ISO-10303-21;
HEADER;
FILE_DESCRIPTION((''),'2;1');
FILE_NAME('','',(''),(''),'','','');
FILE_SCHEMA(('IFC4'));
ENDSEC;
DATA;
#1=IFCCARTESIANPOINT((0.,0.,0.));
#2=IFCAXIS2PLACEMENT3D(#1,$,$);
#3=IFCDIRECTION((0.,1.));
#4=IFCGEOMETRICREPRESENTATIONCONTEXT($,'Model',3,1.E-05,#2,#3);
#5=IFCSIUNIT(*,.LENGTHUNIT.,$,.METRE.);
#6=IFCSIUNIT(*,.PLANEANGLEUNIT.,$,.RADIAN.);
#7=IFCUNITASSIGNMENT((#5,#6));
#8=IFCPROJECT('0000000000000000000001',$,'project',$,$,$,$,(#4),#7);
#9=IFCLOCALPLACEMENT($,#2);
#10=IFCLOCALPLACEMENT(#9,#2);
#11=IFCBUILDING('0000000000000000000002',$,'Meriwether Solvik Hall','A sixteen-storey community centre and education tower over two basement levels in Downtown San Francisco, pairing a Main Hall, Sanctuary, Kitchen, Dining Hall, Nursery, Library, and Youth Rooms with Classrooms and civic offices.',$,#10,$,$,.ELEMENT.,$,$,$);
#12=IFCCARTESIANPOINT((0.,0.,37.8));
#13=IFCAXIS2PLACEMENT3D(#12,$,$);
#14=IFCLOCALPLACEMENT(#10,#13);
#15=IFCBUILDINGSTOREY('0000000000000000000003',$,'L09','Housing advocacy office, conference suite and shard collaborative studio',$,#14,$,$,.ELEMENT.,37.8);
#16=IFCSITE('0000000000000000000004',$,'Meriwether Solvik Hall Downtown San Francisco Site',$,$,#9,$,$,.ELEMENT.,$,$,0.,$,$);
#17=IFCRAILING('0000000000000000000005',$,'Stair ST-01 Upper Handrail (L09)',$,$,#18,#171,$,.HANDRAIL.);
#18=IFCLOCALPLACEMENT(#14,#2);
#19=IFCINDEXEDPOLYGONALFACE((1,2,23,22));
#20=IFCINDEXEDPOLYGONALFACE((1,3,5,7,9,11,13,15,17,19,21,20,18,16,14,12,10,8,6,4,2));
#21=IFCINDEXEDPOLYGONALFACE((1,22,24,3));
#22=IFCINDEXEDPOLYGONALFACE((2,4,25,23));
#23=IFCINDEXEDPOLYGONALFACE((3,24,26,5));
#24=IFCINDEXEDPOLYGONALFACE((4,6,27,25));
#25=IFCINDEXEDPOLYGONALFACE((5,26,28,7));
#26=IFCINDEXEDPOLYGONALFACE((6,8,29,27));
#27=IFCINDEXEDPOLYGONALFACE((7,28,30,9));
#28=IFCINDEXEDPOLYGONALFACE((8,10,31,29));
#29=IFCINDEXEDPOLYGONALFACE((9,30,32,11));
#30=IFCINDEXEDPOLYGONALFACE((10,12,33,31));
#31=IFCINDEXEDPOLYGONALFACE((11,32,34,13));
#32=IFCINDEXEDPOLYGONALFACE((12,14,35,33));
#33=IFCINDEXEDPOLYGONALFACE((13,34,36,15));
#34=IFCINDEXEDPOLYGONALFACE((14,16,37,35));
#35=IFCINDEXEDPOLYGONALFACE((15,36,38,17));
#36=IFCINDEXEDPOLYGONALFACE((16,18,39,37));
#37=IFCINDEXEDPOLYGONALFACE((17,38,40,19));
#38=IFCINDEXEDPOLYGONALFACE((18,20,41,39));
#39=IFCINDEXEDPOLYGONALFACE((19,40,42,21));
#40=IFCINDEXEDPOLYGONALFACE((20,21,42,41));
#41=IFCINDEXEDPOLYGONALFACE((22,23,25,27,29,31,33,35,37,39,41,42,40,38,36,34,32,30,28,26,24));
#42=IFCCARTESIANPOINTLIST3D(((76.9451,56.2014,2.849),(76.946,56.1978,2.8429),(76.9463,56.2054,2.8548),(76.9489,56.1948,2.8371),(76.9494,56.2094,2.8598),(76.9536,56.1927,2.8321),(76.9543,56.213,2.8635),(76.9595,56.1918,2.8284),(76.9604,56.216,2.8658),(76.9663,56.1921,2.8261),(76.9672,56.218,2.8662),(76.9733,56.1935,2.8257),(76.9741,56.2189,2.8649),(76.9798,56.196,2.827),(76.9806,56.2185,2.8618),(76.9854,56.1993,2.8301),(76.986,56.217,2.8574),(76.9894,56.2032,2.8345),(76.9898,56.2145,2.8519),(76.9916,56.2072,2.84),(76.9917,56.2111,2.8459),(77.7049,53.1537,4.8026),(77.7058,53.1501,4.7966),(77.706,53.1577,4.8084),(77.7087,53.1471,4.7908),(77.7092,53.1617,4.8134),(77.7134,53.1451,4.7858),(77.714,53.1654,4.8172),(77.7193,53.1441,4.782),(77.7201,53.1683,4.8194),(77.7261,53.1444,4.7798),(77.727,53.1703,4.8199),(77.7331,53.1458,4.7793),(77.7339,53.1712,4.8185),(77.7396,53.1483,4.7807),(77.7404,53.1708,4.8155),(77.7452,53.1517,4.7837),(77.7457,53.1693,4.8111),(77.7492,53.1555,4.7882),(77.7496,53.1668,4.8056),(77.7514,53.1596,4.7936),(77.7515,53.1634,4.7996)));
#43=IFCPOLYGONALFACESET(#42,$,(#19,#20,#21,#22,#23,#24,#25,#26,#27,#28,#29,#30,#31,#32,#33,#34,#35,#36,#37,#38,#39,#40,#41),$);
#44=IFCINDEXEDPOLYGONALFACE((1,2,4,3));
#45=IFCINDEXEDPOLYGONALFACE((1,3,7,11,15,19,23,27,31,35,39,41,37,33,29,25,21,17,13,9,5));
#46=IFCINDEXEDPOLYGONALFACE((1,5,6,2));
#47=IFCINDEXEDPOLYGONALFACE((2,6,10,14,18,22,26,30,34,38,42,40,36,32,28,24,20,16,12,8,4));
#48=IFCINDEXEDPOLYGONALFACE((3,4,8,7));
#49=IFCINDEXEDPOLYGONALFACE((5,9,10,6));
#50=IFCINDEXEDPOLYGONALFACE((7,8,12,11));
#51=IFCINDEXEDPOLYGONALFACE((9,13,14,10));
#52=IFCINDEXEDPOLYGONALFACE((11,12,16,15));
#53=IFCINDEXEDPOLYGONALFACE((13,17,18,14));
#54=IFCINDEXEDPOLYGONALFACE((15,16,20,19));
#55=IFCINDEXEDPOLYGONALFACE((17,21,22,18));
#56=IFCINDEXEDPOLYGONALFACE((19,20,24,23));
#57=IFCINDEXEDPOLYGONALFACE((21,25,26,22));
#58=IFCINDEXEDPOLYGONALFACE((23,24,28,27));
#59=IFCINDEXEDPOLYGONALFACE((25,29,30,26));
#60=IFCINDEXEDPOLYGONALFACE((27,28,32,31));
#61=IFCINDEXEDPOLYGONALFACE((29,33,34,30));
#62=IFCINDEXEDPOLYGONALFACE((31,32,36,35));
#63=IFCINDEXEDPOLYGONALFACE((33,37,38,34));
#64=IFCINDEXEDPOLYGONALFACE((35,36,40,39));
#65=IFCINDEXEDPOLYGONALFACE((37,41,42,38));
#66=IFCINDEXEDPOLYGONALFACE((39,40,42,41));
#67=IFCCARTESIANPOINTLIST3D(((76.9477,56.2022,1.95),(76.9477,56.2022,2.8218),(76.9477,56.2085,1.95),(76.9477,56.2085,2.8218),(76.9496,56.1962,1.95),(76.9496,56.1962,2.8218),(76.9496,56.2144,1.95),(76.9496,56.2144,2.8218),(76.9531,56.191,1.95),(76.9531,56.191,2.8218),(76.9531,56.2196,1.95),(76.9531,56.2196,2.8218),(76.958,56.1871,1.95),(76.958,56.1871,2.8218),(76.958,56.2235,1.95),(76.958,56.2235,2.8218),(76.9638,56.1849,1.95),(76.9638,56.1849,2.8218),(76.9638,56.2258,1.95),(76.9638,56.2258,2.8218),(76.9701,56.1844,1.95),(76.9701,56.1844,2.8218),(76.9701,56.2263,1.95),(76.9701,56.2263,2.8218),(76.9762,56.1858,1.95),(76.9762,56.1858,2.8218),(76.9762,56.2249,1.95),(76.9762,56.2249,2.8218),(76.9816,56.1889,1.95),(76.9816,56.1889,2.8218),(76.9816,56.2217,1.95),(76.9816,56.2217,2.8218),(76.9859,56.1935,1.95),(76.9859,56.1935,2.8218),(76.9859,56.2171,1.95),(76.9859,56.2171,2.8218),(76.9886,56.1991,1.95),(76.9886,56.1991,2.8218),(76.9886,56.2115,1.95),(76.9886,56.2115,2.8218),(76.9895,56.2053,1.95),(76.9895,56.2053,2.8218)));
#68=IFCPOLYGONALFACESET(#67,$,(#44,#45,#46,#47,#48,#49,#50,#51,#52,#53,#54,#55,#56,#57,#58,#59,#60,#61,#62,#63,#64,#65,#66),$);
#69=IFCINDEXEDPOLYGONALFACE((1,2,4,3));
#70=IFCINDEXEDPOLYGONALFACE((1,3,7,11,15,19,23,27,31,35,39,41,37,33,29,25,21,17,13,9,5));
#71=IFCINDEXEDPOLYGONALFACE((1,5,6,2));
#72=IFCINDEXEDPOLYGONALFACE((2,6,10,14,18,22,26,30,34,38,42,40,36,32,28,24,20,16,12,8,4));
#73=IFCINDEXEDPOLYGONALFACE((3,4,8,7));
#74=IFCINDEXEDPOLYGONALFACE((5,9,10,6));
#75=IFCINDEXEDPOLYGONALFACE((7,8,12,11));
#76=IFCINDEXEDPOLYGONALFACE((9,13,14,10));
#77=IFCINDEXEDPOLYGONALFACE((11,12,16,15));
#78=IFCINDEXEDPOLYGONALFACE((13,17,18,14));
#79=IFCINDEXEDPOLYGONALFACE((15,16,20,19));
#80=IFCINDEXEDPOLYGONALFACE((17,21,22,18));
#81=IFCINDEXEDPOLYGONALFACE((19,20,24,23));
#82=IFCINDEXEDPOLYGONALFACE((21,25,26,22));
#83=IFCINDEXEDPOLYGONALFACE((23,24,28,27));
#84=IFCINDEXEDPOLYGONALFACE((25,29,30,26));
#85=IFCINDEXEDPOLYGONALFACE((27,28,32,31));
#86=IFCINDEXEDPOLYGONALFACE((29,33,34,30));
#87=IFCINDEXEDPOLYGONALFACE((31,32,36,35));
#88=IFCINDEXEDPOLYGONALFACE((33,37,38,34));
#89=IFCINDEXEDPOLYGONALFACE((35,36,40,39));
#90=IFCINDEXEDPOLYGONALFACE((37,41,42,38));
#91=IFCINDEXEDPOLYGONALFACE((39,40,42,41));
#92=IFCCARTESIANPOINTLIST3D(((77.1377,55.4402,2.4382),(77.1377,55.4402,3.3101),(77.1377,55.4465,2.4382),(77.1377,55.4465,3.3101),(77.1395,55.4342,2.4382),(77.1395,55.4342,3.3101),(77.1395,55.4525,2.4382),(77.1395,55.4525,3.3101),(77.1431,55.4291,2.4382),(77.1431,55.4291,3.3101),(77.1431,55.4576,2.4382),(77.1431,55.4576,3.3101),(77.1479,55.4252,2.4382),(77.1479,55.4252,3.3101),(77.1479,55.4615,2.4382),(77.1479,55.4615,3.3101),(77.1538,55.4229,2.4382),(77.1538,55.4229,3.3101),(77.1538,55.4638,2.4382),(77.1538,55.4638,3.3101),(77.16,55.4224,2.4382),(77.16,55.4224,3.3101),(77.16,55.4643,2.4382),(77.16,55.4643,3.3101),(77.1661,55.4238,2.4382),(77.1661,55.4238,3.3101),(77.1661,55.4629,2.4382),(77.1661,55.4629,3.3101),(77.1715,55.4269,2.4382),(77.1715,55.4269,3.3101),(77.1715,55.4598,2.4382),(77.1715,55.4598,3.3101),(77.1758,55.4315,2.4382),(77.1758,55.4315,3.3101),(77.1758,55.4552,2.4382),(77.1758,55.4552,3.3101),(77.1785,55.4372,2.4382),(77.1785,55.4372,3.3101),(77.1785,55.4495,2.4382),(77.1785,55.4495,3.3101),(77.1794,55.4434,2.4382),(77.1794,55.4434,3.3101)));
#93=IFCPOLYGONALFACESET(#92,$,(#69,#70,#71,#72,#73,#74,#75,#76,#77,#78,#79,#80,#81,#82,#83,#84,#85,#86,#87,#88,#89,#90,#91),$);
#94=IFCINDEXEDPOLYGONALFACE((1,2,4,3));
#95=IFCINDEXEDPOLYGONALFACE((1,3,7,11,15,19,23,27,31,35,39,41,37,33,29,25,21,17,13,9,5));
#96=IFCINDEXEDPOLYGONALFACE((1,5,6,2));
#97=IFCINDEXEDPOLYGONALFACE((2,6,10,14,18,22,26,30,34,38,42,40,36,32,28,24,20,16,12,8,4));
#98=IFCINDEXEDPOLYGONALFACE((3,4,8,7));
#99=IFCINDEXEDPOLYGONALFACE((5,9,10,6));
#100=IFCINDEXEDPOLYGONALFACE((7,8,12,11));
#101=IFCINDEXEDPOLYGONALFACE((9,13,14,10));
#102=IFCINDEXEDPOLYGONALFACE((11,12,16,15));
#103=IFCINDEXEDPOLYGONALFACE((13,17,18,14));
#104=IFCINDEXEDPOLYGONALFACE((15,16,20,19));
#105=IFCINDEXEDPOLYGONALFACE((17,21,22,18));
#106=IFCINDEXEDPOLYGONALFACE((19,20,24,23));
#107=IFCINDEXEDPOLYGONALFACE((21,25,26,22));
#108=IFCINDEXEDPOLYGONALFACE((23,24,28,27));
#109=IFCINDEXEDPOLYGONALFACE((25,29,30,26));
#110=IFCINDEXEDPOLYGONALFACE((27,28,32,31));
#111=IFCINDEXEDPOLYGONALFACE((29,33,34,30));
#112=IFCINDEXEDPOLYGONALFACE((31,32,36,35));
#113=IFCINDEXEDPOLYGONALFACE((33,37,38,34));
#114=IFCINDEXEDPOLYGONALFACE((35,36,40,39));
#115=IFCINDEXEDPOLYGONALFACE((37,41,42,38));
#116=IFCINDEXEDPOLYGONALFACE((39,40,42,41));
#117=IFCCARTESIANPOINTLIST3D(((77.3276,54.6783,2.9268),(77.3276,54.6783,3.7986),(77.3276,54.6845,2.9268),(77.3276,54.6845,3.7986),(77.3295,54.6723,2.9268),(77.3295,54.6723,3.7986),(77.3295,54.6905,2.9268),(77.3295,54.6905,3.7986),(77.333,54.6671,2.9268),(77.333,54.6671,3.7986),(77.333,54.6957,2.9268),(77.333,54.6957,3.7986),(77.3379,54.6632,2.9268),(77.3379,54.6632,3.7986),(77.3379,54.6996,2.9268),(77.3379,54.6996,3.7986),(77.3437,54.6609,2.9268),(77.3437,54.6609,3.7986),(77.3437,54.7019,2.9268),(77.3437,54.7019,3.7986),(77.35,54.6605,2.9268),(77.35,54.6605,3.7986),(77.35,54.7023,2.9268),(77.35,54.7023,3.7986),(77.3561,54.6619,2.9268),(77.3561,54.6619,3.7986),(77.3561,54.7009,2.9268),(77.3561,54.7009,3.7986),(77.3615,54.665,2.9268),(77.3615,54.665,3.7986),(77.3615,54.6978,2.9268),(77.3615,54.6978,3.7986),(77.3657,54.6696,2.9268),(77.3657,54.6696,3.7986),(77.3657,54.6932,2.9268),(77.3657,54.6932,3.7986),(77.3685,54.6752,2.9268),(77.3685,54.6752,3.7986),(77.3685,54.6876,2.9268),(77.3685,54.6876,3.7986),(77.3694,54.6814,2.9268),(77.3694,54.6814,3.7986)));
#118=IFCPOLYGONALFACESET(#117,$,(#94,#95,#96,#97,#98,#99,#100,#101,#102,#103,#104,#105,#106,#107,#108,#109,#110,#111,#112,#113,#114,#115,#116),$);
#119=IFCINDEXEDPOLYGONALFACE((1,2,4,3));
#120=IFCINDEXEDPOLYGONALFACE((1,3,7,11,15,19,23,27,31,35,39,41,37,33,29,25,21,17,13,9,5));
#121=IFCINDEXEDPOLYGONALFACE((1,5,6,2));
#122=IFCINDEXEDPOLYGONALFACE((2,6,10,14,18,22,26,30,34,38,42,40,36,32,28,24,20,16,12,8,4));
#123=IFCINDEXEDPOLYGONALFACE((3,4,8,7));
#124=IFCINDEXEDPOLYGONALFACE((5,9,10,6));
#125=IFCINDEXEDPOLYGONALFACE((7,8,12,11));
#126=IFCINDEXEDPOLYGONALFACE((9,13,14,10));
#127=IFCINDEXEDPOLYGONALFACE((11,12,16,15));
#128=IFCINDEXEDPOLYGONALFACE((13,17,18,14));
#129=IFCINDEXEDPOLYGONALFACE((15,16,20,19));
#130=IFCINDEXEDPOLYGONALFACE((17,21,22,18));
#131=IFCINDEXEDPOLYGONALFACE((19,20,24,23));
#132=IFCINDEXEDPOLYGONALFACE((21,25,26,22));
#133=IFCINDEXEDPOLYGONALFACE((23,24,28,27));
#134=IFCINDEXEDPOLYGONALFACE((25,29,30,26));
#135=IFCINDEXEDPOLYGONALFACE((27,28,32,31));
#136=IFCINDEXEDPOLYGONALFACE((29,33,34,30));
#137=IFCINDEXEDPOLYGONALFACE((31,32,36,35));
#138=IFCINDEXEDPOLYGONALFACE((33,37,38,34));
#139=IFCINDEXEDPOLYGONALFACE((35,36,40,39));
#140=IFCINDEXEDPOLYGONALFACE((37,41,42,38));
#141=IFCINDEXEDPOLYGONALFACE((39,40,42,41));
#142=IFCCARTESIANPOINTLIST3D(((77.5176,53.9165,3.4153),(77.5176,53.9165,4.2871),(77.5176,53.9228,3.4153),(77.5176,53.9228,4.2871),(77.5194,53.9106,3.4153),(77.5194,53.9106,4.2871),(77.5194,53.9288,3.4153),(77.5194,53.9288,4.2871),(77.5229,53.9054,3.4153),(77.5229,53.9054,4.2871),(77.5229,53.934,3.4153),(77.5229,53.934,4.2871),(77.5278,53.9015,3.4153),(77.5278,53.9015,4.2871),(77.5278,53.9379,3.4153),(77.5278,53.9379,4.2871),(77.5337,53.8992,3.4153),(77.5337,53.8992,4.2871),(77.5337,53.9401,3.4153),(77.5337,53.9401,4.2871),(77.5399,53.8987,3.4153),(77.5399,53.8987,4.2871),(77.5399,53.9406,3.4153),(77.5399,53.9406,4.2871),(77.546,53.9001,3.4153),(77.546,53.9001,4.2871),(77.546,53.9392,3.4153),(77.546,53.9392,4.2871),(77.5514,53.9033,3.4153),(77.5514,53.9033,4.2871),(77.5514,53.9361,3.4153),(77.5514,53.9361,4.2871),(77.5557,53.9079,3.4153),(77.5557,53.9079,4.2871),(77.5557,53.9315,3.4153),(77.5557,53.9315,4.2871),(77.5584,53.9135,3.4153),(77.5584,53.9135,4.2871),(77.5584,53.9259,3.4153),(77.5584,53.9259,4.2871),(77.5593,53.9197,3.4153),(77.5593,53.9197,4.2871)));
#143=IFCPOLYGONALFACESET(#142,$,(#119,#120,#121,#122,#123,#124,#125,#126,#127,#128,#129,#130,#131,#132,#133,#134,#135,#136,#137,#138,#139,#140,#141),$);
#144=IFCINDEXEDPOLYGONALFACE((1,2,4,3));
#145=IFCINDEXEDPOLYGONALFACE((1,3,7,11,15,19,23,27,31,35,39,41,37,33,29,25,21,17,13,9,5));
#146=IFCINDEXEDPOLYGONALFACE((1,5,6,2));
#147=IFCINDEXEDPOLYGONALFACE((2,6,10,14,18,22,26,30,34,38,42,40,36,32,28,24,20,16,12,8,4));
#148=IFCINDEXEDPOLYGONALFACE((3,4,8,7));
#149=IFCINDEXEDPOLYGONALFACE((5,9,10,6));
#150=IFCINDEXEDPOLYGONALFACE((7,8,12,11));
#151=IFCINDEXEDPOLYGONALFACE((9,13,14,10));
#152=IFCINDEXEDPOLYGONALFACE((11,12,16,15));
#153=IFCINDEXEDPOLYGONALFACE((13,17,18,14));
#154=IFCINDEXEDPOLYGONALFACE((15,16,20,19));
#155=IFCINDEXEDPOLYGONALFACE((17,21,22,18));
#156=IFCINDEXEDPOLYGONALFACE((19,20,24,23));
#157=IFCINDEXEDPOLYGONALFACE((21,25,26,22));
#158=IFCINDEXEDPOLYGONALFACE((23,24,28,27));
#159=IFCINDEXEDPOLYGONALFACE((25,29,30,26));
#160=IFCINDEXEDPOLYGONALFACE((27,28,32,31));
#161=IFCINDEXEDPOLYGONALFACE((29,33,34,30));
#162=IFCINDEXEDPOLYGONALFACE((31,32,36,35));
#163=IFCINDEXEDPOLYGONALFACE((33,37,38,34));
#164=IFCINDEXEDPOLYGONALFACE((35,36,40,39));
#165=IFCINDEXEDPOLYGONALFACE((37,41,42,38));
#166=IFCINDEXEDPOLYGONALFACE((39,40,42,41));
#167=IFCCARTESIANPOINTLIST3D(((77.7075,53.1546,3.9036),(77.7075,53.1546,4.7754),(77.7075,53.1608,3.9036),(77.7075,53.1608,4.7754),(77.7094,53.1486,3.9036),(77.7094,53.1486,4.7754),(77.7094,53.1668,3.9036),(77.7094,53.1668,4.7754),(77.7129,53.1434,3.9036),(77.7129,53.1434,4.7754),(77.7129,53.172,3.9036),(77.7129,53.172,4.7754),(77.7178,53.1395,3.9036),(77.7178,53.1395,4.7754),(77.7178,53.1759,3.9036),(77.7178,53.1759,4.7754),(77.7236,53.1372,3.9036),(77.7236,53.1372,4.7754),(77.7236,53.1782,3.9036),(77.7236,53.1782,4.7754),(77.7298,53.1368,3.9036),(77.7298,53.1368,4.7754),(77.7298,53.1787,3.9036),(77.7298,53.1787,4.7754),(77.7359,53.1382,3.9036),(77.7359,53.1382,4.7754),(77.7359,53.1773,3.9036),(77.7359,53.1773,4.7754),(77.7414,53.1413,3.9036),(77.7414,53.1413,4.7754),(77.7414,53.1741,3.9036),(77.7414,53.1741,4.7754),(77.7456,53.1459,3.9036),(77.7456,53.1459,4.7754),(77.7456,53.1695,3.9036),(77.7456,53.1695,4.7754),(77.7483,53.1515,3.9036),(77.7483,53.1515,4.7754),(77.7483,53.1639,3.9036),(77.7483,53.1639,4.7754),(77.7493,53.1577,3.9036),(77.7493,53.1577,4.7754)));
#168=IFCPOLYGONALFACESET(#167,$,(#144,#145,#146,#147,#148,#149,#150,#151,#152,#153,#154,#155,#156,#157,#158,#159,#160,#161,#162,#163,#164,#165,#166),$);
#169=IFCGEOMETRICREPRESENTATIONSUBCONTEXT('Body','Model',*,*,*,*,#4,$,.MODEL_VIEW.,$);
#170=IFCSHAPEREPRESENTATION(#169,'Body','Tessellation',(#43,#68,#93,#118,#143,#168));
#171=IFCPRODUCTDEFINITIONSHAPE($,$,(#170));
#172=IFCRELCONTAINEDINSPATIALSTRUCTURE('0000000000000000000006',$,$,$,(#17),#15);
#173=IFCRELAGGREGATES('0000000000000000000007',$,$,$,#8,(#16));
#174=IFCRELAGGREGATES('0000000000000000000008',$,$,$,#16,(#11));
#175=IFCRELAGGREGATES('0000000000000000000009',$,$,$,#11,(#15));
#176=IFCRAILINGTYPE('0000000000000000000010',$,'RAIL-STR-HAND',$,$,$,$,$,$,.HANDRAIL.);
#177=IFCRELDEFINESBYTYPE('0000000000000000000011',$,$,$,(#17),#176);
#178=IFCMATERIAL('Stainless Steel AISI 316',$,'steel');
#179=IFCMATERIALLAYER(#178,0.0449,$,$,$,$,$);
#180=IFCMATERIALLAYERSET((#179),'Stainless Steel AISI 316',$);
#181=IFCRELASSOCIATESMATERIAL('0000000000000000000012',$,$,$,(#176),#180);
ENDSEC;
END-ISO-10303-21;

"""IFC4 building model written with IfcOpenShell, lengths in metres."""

from ifc_helpers import new_model, si_unit, direction, frame, origin, origin_2d, place, context, subcontext, project, spatial, circle, extrude, material, layer, layer_set, type_object, element, save


model = new_model("IFC4")

# Units and contexts
model_context = context("Model", 3, precision=1e-05, world=origin(), true_north=direction((0.0, 1.0)))
body_context = subcontext(model_context, "Body", "Model", "MODEL_VIEW")
ifc_project = project(units=[si_unit("LENGTHUNIT", "METRE"), si_unit("PLANEANGLEUNIT", "RADIAN")], contexts=[model_context])

# Site, building, storey
site_placement = place(None, origin())
site = spatial("IfcSite", under=ifc_project, at=site_placement, Name="Meriwether Solvik Hall Downtown San Francisco Site", CompositionType="ELEMENT", RefElevation=0.0)
building_placement = place(site_placement, origin())
building = spatial("IfcBuilding", under=site, at=building_placement, Name="Meriwether Solvik Hall", Description="A sixteen-storey community centre and education tower over two basement levels in Downtown San Francisco, pairing a Main Hall, Sanctuary, Kitchen, Dining Hall, Nursery, Library, and Youth Rooms with Classrooms and civic offices.", CompositionType="ELEMENT")
storey_placement = place(building_placement, frame((0.0, 0.0, 37.8)))
storey = spatial("IfcBuildingStorey", under=building, at=storey_placement, Name="L09", Description="Housing advocacy office, conference suite and shard collaborative studio", CompositionType="ELEMENT", Elevation=37.8)

# Railing
ifc_material_1 = material(Name="Stainless Steel AISI 316", Category="steel")
ifc_layer_1 = layer(ifc_material_1, 0.0449)
ifc_layer_set_1 = layer_set([ifc_layer_1], Name="Stainless Steel AISI 316")
railing_type_1 = type_object("IfcRailingType", Name="RAIL-STR-HAND", PredefinedType="HANDRAIL", material=ifc_layer_set_1)
railing_1_placement = place(storey_placement, frame((76.9685, 56.2053, 1.95)))
element("IfcRailing", 1, at=railing_1_placement, inside=storey, type_object=railing_type_1, Name="Stair ST-01 Upper Handrail (L09)", PredefinedType="HANDRAIL", context=body_context, shape_type="SweptSolid", body=[
    extrude(circle(Radius=0.0239, at=origin_2d()), frame((0.0, 0.0, 0.896), z_axis=(0.205404, -0.823926, 0.528163), x_axis=(0.970302, 0.241895, 0.0)), (0.0, 0.0, 1.0), 3.699),
    extrude(circle(Radius=0.021, at=origin_2d()), origin(), (0.0, 0.0, 1.0), 0.8718),
    extrude(circle(Radius=0.021, at=origin_2d()), frame((0.1899, -0.762, 0.4883)), (0.0, 0.0, 1.0), 0.8718),
    extrude(circle(Radius=0.021, at=origin_2d()), frame((0.3799, -1.5239, 0.9768)), (0.0, 0.0, 1.0), 0.8718),
    extrude(circle(Radius=0.021, at=origin_2d()), frame((0.5698, -2.2856, 1.4653)), (0.0, 0.0, 1.0), 0.8718),
    extrude(circle(Radius=0.021, at=origin_2d()), frame((0.7598, -3.0476, 1.9536)), (0.0, 0.0, 1.0), 0.8718),
])

save(model, "model.ifc")
